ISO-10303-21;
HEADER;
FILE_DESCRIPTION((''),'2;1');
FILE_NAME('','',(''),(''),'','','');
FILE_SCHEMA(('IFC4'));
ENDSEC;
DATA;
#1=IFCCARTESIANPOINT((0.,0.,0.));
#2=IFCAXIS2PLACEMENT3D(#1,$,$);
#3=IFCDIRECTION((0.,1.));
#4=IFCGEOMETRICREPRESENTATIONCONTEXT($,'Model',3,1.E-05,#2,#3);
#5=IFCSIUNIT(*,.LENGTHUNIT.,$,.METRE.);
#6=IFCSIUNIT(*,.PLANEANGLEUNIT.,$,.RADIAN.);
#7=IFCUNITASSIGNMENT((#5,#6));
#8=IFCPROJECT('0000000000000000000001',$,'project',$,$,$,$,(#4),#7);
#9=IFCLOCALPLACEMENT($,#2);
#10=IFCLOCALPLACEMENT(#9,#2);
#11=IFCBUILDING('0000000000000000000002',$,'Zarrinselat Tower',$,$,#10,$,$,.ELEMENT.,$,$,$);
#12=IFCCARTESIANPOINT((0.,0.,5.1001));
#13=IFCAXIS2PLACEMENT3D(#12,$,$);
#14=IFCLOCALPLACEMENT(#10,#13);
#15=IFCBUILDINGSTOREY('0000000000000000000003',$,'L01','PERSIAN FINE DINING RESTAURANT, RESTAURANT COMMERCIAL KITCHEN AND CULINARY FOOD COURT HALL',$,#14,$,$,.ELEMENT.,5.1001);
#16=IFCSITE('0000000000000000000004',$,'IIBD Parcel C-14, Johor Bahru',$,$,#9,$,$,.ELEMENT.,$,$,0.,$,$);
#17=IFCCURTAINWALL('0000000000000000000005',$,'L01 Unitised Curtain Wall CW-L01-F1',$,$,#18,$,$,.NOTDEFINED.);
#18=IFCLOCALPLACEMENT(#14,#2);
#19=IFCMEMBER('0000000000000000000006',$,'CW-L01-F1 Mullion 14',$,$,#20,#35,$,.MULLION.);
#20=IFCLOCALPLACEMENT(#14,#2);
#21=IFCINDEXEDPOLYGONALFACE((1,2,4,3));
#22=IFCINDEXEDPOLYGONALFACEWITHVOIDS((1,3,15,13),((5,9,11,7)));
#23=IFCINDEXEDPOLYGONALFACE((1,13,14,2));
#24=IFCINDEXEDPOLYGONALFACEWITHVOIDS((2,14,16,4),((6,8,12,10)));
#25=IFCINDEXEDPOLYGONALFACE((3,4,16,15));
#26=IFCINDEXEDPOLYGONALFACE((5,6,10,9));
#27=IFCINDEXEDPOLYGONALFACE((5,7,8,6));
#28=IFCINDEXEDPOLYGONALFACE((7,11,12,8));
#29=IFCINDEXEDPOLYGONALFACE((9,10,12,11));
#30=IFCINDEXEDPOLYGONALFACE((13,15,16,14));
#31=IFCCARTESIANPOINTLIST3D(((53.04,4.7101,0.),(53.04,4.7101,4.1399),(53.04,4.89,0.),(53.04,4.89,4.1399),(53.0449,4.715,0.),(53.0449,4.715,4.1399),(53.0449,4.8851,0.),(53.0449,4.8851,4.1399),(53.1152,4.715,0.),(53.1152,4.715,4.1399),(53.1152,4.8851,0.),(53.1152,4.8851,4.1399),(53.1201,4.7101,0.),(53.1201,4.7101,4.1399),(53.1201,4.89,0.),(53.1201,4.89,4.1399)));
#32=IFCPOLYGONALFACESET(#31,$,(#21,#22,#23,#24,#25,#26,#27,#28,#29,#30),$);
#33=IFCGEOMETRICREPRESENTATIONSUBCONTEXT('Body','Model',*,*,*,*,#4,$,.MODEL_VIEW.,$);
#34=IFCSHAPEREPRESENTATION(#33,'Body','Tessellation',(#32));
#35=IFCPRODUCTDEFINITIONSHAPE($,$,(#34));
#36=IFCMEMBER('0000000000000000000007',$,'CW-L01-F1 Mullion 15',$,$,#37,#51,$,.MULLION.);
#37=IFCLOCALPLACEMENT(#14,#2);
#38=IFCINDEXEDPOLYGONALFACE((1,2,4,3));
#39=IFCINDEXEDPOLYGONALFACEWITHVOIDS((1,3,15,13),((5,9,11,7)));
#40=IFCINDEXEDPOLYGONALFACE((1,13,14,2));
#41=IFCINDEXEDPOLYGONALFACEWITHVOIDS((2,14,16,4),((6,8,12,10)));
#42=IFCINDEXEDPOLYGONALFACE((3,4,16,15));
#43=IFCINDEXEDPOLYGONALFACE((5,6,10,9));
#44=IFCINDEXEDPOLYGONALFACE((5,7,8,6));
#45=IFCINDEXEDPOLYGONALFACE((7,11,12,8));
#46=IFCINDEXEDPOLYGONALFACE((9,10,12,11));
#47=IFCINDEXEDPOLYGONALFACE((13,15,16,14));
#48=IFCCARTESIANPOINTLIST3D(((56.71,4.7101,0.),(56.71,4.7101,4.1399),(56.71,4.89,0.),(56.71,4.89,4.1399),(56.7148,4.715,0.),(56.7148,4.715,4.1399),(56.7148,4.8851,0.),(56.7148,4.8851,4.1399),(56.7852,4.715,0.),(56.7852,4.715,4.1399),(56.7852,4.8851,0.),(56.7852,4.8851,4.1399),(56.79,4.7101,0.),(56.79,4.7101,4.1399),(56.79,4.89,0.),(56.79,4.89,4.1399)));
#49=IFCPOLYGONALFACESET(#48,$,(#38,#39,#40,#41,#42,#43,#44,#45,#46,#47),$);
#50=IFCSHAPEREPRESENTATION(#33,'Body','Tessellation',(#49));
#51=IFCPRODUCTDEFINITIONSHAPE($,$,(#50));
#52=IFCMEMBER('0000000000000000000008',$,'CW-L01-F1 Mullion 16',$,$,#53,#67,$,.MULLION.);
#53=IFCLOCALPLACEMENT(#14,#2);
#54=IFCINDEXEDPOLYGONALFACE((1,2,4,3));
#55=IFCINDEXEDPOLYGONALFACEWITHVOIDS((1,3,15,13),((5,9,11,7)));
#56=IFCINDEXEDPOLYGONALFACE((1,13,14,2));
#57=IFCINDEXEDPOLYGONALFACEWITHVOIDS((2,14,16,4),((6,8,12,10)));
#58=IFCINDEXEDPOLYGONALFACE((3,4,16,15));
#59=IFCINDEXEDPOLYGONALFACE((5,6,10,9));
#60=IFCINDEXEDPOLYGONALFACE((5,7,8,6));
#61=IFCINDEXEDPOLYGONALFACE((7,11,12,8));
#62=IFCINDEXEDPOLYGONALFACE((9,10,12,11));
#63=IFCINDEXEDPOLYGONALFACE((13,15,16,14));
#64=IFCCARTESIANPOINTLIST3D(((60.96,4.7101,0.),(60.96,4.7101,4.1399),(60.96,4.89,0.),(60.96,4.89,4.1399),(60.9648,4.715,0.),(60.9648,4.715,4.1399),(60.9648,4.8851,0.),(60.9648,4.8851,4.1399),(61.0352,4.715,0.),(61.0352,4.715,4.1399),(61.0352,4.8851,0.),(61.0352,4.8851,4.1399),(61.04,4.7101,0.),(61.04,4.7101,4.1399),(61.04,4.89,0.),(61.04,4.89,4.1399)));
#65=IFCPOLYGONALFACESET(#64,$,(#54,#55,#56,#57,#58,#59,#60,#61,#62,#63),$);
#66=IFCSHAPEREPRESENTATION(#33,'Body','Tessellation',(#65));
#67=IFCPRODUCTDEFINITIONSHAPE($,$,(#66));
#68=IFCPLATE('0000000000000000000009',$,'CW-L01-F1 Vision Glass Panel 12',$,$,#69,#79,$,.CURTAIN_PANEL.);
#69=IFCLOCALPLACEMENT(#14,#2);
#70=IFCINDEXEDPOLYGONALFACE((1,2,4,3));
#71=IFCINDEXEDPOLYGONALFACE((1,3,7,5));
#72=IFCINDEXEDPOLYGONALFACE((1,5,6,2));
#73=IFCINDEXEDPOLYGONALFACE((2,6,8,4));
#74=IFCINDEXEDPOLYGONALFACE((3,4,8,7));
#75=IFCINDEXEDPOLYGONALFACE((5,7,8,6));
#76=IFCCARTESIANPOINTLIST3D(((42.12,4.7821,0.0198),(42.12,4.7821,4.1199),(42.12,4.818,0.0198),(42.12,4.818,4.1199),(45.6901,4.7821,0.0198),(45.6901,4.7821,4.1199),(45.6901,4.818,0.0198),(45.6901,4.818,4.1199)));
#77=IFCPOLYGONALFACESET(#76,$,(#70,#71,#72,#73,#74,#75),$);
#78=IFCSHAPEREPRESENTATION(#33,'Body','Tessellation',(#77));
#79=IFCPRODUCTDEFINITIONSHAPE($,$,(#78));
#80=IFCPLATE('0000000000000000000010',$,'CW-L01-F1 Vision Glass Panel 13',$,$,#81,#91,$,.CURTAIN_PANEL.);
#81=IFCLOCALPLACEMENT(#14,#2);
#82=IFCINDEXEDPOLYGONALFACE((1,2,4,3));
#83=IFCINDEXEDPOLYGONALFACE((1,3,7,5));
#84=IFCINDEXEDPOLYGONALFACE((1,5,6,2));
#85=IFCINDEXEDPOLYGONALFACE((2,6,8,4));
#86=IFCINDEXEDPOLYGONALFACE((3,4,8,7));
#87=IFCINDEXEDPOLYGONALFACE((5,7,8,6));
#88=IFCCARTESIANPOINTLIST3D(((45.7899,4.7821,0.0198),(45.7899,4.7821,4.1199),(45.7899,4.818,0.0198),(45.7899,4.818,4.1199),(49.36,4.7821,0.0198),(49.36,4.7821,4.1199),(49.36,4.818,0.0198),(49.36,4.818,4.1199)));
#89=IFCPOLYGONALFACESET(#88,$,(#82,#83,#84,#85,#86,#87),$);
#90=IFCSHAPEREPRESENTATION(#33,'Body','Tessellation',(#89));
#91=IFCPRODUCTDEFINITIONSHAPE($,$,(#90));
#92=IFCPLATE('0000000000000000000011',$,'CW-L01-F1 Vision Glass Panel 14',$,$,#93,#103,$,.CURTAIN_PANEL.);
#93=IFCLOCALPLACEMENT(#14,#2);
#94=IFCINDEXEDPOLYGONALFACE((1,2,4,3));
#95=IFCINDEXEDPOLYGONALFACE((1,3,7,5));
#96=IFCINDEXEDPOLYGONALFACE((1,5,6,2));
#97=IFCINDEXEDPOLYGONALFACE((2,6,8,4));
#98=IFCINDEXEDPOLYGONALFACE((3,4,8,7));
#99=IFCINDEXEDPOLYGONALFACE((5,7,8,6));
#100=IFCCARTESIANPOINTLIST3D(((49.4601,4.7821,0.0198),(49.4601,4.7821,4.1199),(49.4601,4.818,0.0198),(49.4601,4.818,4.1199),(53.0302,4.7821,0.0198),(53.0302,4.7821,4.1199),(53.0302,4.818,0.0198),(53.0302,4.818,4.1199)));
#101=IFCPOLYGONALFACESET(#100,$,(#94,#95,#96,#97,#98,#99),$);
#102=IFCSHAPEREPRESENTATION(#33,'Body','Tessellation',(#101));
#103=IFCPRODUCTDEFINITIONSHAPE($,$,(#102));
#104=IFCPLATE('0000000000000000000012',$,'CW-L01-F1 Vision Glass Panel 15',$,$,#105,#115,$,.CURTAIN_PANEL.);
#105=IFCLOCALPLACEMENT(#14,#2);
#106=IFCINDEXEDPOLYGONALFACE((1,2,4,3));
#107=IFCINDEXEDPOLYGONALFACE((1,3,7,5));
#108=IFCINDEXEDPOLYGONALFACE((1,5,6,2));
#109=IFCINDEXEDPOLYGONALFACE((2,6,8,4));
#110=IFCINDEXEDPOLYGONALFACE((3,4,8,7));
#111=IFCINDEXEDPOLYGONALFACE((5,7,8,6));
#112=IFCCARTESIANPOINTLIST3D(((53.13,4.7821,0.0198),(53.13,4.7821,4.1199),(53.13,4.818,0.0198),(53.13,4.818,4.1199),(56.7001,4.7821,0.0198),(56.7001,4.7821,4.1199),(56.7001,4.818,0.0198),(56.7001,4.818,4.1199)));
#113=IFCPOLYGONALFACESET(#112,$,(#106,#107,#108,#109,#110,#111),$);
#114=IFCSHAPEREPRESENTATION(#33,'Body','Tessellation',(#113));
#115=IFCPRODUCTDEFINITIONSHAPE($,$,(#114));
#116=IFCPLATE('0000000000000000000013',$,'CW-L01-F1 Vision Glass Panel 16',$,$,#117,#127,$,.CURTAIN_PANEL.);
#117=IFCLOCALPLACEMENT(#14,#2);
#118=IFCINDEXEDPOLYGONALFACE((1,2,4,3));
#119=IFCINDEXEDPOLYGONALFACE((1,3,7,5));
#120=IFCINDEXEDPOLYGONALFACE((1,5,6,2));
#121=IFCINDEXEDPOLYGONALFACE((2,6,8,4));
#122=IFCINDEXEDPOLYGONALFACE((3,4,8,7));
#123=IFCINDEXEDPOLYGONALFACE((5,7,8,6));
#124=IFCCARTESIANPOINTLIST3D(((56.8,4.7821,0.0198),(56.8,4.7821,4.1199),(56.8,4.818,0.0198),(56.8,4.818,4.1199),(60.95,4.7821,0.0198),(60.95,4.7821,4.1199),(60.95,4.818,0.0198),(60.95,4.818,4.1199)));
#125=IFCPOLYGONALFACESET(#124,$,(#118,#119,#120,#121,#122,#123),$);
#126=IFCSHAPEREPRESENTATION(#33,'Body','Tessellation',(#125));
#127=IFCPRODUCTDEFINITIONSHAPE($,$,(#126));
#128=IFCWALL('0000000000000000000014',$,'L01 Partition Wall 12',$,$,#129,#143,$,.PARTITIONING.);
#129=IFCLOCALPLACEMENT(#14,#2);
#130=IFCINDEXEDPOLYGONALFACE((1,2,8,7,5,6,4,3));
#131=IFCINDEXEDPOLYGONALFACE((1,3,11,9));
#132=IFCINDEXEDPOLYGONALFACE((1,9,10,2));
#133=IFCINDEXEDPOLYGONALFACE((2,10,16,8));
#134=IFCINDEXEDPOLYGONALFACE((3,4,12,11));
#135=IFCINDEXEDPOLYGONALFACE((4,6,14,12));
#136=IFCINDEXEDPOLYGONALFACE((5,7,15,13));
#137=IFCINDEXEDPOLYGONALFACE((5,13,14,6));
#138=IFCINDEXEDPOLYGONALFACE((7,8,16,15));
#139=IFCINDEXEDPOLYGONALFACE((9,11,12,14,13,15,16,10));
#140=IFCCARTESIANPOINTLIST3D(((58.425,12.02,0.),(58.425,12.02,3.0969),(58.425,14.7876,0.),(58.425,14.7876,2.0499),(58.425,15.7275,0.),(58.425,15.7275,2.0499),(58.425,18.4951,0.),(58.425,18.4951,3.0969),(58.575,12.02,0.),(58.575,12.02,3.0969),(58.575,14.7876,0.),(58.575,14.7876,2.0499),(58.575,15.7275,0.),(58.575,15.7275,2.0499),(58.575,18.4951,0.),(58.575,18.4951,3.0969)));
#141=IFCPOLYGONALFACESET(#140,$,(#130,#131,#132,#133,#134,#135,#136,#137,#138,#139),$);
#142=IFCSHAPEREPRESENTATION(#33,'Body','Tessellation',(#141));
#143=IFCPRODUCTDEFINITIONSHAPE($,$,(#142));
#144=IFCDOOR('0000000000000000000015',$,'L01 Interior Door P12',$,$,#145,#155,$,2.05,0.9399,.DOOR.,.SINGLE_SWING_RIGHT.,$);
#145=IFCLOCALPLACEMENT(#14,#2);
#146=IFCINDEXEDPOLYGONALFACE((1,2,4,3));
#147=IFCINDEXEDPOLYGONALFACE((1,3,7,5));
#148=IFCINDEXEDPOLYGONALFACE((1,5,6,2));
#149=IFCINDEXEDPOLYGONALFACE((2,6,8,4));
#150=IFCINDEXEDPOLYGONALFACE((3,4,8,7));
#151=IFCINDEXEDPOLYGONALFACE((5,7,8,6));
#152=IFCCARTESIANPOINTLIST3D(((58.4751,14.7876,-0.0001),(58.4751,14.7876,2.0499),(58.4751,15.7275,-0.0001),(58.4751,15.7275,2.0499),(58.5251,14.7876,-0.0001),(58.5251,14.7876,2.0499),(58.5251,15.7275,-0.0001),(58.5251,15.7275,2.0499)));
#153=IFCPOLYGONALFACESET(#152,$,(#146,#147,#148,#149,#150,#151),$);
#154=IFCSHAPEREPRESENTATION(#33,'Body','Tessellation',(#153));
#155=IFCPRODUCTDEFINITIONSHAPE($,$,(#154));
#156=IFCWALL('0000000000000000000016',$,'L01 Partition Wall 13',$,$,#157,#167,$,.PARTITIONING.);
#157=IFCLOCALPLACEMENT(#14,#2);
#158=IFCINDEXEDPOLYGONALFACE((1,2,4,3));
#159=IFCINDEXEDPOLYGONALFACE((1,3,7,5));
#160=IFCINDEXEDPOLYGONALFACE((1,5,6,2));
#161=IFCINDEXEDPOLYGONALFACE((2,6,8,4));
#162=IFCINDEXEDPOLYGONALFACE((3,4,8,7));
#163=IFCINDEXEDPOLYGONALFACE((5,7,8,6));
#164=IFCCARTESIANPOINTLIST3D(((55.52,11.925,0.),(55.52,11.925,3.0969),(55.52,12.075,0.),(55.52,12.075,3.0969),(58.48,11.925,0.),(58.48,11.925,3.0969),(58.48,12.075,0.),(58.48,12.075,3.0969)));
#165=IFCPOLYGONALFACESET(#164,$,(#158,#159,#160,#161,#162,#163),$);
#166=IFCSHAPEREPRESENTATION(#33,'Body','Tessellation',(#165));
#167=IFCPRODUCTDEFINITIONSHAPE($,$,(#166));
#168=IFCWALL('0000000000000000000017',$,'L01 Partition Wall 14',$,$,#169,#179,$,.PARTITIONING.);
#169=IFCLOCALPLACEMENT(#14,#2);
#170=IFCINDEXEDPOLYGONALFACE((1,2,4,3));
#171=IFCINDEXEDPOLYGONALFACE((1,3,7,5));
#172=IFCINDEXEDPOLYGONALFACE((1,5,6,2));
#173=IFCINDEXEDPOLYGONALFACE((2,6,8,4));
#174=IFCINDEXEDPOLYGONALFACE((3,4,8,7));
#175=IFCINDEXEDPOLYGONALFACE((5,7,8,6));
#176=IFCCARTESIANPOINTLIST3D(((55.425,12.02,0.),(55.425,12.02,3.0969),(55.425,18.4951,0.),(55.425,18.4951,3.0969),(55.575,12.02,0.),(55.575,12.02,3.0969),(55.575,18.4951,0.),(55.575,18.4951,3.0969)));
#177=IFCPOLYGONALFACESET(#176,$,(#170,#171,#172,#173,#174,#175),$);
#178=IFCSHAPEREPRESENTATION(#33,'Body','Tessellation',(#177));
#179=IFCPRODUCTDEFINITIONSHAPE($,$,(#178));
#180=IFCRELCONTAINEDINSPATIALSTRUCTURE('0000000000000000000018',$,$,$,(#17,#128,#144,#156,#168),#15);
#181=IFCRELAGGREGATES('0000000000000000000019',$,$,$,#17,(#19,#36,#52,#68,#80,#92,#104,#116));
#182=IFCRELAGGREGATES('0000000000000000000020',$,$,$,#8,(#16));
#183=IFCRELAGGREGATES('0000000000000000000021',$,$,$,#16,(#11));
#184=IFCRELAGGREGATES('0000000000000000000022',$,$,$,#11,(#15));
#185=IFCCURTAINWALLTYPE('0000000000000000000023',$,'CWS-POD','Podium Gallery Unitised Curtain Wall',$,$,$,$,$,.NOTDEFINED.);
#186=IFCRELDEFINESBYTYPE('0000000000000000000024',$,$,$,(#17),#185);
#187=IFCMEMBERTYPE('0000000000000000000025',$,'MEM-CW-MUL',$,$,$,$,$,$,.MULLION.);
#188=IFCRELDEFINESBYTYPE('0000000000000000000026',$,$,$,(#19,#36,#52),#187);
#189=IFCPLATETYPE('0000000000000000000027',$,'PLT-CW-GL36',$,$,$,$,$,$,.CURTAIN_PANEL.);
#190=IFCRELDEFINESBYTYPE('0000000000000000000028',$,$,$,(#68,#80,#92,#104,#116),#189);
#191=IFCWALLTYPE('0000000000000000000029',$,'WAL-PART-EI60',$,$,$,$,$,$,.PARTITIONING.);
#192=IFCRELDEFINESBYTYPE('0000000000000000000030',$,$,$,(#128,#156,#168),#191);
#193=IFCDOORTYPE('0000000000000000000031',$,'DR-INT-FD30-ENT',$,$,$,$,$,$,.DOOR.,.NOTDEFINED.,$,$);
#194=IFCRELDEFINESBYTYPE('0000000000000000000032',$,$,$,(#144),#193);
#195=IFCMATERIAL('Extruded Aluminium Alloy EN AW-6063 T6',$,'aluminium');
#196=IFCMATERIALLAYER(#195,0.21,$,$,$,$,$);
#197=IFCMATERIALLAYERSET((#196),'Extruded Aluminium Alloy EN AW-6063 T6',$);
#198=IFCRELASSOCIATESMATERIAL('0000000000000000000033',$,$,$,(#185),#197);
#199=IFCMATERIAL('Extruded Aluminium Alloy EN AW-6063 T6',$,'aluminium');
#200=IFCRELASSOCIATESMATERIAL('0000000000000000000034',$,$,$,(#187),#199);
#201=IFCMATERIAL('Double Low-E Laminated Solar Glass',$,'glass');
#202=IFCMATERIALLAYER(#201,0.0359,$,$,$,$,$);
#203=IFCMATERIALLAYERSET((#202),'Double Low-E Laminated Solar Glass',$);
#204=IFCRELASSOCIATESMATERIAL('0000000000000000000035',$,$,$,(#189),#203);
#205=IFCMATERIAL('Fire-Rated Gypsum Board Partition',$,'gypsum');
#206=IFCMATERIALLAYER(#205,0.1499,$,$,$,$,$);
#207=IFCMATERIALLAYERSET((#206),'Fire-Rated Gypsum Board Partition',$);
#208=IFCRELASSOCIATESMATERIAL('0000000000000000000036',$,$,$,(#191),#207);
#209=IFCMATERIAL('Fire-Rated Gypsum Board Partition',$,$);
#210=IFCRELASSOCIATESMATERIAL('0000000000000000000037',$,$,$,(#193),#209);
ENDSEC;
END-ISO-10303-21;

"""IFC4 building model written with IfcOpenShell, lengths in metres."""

from ifc_helpers import new_model, si_unit, direction, frame, frame_2d, origin, origin_2d, place, context, subcontext, project, spatial, rectangle, hollow_rectangle, extrude, material, layer, layer_set, material_profile, profile_set, type_object, element, fill, aggregate, save


model = new_model("IFC4")

# Units and contexts
model_context = context("Model", 3, precision=1e-05, world=origin(), true_north=direction((0.0, 1.0)))
body_context = subcontext(model_context, "Body", "Model", "MODEL_VIEW")
ifc_project = project(units=[si_unit("LENGTHUNIT", "METRE"), si_unit("PLANEANGLEUNIT", "RADIAN")], contexts=[model_context])

# Site, building, storey
site_placement = place(None, origin())
site = spatial("IfcSite", under=ifc_project, at=site_placement, Name="IIBD Parcel C-14, Johor Bahru", CompositionType="ELEMENT", RefElevation=0.0)
building_placement = place(site_placement, origin())
building = spatial("IfcBuilding", under=site, at=building_placement, Name="Zarrinselat Tower", CompositionType="ELEMENT")
storey_placement = place(building_placement, frame((0.0, 0.0, 5.1001)))
storey = spatial("IfcBuildingStorey", under=building, at=storey_placement, Name="L01", Description="PERSIAN FINE DINING RESTAURANT, RESTAURANT COMMERCIAL KITCHEN AND CULINARY FOOD COURT HALL", CompositionType="ELEMENT", Elevation=5.1001)

# Curtain wall, members, plates
ifc_material_1 = material(Name="Extruded Aluminium Alloy EN AW-6063 T6", Category="aluminium")
ifc_layer_1 = layer(ifc_material_1, 0.21)
ifc_layer_set_1 = layer_set([ifc_layer_1], Name="Extruded Aluminium Alloy EN AW-6063 T6")
curtain_wall_type = type_object("IfcCurtainWallType", Name="CWS-POD", Description="Podium Gallery Unitised Curtain Wall", PredefinedType="NOTDEFINED", material=ifc_layer_set_1)
curtain_wall_placement = place(storey_placement, origin())
curtain_wall = element("IfcCurtainWall", 1, at=curtain_wall_placement, inside=storey, type_object=curtain_wall_type, Name="L01 Unitised Curtain Wall CW-L01-F1", PredefinedType="NOTDEFINED")
ifc_material_2 = material(Name="Extruded Aluminium Alloy EN AW-6063 T6", Category="aluminium")
ifc_material_profile_1 = material_profile(ifc_material_2, hollow_rectangle(XDim=0.0801, YDim=0.1799, WallThickness=0.0049, at=origin_2d()), Name="RHS 180x80x5")
ifc_profile_set_1 = profile_set([ifc_material_profile_1], Name="Extruded Aluminium Alloy EN AW-6063 T6")
member_type = type_object("IfcMemberType", Name="MEM-CW-MUL", PredefinedType="MULLION", material=ifc_profile_set_1)
member_1_placement = place(storey_placement, frame((53.0801, 4.8, 0.0), z_axis=(0.0, 0.0, 1.0), x_axis=(1.0, 0.0, 0.0)))
member_1 = element("IfcMember", 2, at=member_1_placement, type_object=member_type, Name="CW-L01-F1 Mullion 14", PredefinedType="MULLION", context=body_context, shape_type="SweptSolid", body=[
    extrude(hollow_rectangle(XDim=0.0801, YDim=0.1799, WallThickness=0.0049, at=origin_2d()), origin(), (0.0, 0.0, 1.0), 4.1399),
])
member_2_placement = place(storey_placement, frame((56.75, 4.8, 0.0), z_axis=(0.0, 0.0, 1.0), x_axis=(1.0, 0.0, 0.0)))
member_2 = element("IfcMember", 3, at=member_2_placement, type_object=member_type, Name="CW-L01-F1 Mullion 15", PredefinedType="MULLION", context=body_context, shape_type="SweptSolid", body=[
    extrude(hollow_rectangle(XDim=0.0801, YDim=0.1799, WallThickness=0.0049, at=origin_2d()), origin(), (0.0, 0.0, 1.0), 4.1399),
])
member_3_placement = place(storey_placement, frame((61.0, 4.8, 0.0), z_axis=(0.0, 0.0, 1.0), x_axis=(1.0, 0.0, 0.0)))
member_3 = element("IfcMember", 4, at=member_3_placement, type_object=member_type, Name="CW-L01-F1 Mullion 16", PredefinedType="MULLION", context=body_context, shape_type="SweptSolid", body=[
    extrude(hollow_rectangle(XDim=0.0801, YDim=0.1799, WallThickness=0.0049, at=origin_2d()), origin(), (0.0, 0.0, 1.0), 4.1399),
])
ifc_material_3 = material(Name="Double Low-E Laminated Solar Glass", Category="glass")
ifc_layer_2 = layer(ifc_material_3, 0.0359)
ifc_layer_set_2 = layer_set([ifc_layer_2], Name="Double Low-E Laminated Solar Glass")
plate_type = type_object("IfcPlateType", Name="PLT-CW-GL36", PredefinedType="CURTAIN_PANEL", material=ifc_layer_set_2)
plate_1_placement = place(storey_placement, frame((43.905, 4.8, 0.0198), z_axis=(0.0, 0.0, 1.0), x_axis=(1.0, 0.0, 0.0)))
plate_1 = element("IfcPlate", 5, at=plate_1_placement, type_object=plate_type, Name="CW-L01-F1 Vision Glass Panel 12", PredefinedType="CURTAIN_PANEL", context=body_context, shape_type="SweptSolid", body=[
    extrude(rectangle(XDim=3.5701, YDim=0.0359, at=origin_2d()), origin(), (0.0, 0.0, 1.0), 4.1001),
])
plate_2_placement = place(storey_placement, frame((47.575, 4.8, 0.0198), z_axis=(0.0, 0.0, 1.0), x_axis=(1.0, 0.0, 0.0)))
plate_2 = element("IfcPlate", 6, at=plate_2_placement, type_object=plate_type, Name="CW-L01-F1 Vision Glass Panel 13", PredefinedType="CURTAIN_PANEL", context=body_context, shape_type="SweptSolid", body=[
    extrude(rectangle(XDim=3.5701, YDim=0.0359, at=origin_2d()), origin(), (0.0, 0.0, 1.0), 4.1001),
])
plate_3_placement = place(storey_placement, frame((51.2451, 4.8, 0.0198), z_axis=(0.0, 0.0, 1.0), x_axis=(1.0, 0.0, 0.0)))
plate_3 = element("IfcPlate", 7, at=plate_3_placement, type_object=plate_type, Name="CW-L01-F1 Vision Glass Panel 14", PredefinedType="CURTAIN_PANEL", context=body_context, shape_type="SweptSolid", body=[
    extrude(rectangle(XDim=3.5701, YDim=0.0359, at=origin_2d()), origin(), (0.0, 0.0, 1.0), 4.1001),
])
plate_4_placement = place(storey_placement, frame((54.915, 4.8, 0.0198), z_axis=(0.0, 0.0, 1.0), x_axis=(1.0, 0.0, 0.0)))
plate_4 = element("IfcPlate", 8, at=plate_4_placement, type_object=plate_type, Name="CW-L01-F1 Vision Glass Panel 15", PredefinedType="CURTAIN_PANEL", context=body_context, shape_type="SweptSolid", body=[
    extrude(rectangle(XDim=3.5701, YDim=0.0359, at=origin_2d()), origin(), (0.0, 0.0, 1.0), 4.1001),
])
plate_5_placement = place(storey_placement, frame((58.875, 4.8, 0.0198), z_axis=(0.0, 0.0, 1.0), x_axis=(1.0, 0.0, 0.0)))
plate_5 = element("IfcPlate", 9, at=plate_5_placement, type_object=plate_type, Name="CW-L01-F1 Vision Glass Panel 16", PredefinedType="CURTAIN_PANEL", context=body_context, shape_type="SweptSolid", body=[
    extrude(rectangle(XDim=4.1499, YDim=0.0359, at=origin_2d()), origin(), (0.0, 0.0, 1.0), 4.1001),
])
aggregate(curtain_wall, [member_1, member_2, member_3, plate_1, plate_2, plate_3, plate_4, plate_5])

# Wall, opening, door
ifc_material_4 = material(Name="Fire-Rated Gypsum Board Partition", Category="gypsum")
ifc_layer_3 = layer(ifc_material_4, 0.1499)
ifc_layer_set_3 = layer_set([ifc_layer_3], Name="Fire-Rated Gypsum Board Partition")
wall_type_1 = type_object("IfcWallType", Name="WAL-PART-EI60", PredefinedType="PARTITIONING", material=ifc_layer_set_3)
wall_1_placement = place(storey_placement, frame((58.5, 12.02, 0.0), z_axis=(0.0, 0.0, 1.0), x_axis=(0.0, 1.0, 0.0)))
wall_1 = element("IfcWall", 10, at=wall_1_placement, inside=storey, type_object=wall_type_1, Name="L01 Partition Wall 12", PredefinedType="PARTITIONING", context=body_context, shape_type="SweptSolid", body=[
    extrude(rectangle(XDim=6.4751, YDim=0.1499, at=frame_2d((3.2375, 0.0))), origin(), (0.0, 0.0, 1.0), 3.0969),
])
opening_1_placement = place(wall_1_placement, frame((2.7676, 0.0, 0.0)))
opening_1 = element("IfcOpeningElement", 11, at=opening_1_placement, cuts=wall_1, PredefinedType="OPENING", context=body_context, shape_type="SweptSolid", body=[
    extrude(rectangle(XDim=0.9399, YDim=2.05, at=frame_2d((0.47, 1.0249))), frame((0.0, 0.085, 0.0), z_axis=(0.0, -1.0, 0.0), x_axis=(1.0, 0.0, 0.0)), (0.0, 0.0, 1.0), 0.1699),
])
ifc_material_5 = material(Name="Fire-Rated Gypsum Board Partition")
door_type = type_object("IfcDoorType", Name="DR-INT-FD30-ENT", OperationType="NOTDEFINED", PredefinedType="DOOR", material=ifc_material_5)
door_1_placement = place(opening_1_placement, origin())
door_1 = element("IfcDoor", 12, at=door_1_placement, inside=storey, type_object=door_type, Name="L01 Interior Door P12", OperationType="SINGLE_SWING_RIGHT", OverallHeight=2.05, OverallWidth=0.9399, PredefinedType="DOOR", context=body_context, shape_type="SweptSolid", body=[
    extrude(rectangle(XDim=0.9399, YDim=2.05, at=frame_2d((0.47, 1.0249))), frame((0.0, 0.0249, 0.0), z_axis=(0.0, -1.0, 0.0), x_axis=(1.0, 0.0, 0.0)), (0.0, 0.0, 1.0), 0.05),
])
fill(opening_1, door_1)

# Walls
wall_2_placement = place(storey_placement, frame((55.52, 12.0, 0.0), z_axis=(0.0, 0.0, 1.0), x_axis=(1.0, 0.0, 0.0)))
element("IfcWall", 13, at=wall_2_placement, inside=storey, type_object=wall_type_1, Name="L01 Partition Wall 13", PredefinedType="PARTITIONING", context=body_context, shape_type="SweptSolid", body=[
    extrude(rectangle(XDim=2.96, YDim=0.1499, at=frame_2d((1.48, 0.0))), origin(), (0.0, 0.0, 1.0), 3.0969),
])
wall_3_placement = place(storey_placement, frame((55.5, 12.02, 0.0), z_axis=(0.0, 0.0, 1.0), x_axis=(0.0, 1.0, 0.0)))
element("IfcWall", 14, at=wall_3_placement, inside=storey, type_object=wall_type_1, Name="L01 Partition Wall 14", PredefinedType="PARTITIONING", context=body_context, shape_type="SweptSolid", body=[
    extrude(rectangle(XDim=6.4751, YDim=0.1499, at=frame_2d((3.2375, 0.0))), origin(), (0.0, 0.0, 1.0), 3.0969),
])

save(model, "model.ifc")
